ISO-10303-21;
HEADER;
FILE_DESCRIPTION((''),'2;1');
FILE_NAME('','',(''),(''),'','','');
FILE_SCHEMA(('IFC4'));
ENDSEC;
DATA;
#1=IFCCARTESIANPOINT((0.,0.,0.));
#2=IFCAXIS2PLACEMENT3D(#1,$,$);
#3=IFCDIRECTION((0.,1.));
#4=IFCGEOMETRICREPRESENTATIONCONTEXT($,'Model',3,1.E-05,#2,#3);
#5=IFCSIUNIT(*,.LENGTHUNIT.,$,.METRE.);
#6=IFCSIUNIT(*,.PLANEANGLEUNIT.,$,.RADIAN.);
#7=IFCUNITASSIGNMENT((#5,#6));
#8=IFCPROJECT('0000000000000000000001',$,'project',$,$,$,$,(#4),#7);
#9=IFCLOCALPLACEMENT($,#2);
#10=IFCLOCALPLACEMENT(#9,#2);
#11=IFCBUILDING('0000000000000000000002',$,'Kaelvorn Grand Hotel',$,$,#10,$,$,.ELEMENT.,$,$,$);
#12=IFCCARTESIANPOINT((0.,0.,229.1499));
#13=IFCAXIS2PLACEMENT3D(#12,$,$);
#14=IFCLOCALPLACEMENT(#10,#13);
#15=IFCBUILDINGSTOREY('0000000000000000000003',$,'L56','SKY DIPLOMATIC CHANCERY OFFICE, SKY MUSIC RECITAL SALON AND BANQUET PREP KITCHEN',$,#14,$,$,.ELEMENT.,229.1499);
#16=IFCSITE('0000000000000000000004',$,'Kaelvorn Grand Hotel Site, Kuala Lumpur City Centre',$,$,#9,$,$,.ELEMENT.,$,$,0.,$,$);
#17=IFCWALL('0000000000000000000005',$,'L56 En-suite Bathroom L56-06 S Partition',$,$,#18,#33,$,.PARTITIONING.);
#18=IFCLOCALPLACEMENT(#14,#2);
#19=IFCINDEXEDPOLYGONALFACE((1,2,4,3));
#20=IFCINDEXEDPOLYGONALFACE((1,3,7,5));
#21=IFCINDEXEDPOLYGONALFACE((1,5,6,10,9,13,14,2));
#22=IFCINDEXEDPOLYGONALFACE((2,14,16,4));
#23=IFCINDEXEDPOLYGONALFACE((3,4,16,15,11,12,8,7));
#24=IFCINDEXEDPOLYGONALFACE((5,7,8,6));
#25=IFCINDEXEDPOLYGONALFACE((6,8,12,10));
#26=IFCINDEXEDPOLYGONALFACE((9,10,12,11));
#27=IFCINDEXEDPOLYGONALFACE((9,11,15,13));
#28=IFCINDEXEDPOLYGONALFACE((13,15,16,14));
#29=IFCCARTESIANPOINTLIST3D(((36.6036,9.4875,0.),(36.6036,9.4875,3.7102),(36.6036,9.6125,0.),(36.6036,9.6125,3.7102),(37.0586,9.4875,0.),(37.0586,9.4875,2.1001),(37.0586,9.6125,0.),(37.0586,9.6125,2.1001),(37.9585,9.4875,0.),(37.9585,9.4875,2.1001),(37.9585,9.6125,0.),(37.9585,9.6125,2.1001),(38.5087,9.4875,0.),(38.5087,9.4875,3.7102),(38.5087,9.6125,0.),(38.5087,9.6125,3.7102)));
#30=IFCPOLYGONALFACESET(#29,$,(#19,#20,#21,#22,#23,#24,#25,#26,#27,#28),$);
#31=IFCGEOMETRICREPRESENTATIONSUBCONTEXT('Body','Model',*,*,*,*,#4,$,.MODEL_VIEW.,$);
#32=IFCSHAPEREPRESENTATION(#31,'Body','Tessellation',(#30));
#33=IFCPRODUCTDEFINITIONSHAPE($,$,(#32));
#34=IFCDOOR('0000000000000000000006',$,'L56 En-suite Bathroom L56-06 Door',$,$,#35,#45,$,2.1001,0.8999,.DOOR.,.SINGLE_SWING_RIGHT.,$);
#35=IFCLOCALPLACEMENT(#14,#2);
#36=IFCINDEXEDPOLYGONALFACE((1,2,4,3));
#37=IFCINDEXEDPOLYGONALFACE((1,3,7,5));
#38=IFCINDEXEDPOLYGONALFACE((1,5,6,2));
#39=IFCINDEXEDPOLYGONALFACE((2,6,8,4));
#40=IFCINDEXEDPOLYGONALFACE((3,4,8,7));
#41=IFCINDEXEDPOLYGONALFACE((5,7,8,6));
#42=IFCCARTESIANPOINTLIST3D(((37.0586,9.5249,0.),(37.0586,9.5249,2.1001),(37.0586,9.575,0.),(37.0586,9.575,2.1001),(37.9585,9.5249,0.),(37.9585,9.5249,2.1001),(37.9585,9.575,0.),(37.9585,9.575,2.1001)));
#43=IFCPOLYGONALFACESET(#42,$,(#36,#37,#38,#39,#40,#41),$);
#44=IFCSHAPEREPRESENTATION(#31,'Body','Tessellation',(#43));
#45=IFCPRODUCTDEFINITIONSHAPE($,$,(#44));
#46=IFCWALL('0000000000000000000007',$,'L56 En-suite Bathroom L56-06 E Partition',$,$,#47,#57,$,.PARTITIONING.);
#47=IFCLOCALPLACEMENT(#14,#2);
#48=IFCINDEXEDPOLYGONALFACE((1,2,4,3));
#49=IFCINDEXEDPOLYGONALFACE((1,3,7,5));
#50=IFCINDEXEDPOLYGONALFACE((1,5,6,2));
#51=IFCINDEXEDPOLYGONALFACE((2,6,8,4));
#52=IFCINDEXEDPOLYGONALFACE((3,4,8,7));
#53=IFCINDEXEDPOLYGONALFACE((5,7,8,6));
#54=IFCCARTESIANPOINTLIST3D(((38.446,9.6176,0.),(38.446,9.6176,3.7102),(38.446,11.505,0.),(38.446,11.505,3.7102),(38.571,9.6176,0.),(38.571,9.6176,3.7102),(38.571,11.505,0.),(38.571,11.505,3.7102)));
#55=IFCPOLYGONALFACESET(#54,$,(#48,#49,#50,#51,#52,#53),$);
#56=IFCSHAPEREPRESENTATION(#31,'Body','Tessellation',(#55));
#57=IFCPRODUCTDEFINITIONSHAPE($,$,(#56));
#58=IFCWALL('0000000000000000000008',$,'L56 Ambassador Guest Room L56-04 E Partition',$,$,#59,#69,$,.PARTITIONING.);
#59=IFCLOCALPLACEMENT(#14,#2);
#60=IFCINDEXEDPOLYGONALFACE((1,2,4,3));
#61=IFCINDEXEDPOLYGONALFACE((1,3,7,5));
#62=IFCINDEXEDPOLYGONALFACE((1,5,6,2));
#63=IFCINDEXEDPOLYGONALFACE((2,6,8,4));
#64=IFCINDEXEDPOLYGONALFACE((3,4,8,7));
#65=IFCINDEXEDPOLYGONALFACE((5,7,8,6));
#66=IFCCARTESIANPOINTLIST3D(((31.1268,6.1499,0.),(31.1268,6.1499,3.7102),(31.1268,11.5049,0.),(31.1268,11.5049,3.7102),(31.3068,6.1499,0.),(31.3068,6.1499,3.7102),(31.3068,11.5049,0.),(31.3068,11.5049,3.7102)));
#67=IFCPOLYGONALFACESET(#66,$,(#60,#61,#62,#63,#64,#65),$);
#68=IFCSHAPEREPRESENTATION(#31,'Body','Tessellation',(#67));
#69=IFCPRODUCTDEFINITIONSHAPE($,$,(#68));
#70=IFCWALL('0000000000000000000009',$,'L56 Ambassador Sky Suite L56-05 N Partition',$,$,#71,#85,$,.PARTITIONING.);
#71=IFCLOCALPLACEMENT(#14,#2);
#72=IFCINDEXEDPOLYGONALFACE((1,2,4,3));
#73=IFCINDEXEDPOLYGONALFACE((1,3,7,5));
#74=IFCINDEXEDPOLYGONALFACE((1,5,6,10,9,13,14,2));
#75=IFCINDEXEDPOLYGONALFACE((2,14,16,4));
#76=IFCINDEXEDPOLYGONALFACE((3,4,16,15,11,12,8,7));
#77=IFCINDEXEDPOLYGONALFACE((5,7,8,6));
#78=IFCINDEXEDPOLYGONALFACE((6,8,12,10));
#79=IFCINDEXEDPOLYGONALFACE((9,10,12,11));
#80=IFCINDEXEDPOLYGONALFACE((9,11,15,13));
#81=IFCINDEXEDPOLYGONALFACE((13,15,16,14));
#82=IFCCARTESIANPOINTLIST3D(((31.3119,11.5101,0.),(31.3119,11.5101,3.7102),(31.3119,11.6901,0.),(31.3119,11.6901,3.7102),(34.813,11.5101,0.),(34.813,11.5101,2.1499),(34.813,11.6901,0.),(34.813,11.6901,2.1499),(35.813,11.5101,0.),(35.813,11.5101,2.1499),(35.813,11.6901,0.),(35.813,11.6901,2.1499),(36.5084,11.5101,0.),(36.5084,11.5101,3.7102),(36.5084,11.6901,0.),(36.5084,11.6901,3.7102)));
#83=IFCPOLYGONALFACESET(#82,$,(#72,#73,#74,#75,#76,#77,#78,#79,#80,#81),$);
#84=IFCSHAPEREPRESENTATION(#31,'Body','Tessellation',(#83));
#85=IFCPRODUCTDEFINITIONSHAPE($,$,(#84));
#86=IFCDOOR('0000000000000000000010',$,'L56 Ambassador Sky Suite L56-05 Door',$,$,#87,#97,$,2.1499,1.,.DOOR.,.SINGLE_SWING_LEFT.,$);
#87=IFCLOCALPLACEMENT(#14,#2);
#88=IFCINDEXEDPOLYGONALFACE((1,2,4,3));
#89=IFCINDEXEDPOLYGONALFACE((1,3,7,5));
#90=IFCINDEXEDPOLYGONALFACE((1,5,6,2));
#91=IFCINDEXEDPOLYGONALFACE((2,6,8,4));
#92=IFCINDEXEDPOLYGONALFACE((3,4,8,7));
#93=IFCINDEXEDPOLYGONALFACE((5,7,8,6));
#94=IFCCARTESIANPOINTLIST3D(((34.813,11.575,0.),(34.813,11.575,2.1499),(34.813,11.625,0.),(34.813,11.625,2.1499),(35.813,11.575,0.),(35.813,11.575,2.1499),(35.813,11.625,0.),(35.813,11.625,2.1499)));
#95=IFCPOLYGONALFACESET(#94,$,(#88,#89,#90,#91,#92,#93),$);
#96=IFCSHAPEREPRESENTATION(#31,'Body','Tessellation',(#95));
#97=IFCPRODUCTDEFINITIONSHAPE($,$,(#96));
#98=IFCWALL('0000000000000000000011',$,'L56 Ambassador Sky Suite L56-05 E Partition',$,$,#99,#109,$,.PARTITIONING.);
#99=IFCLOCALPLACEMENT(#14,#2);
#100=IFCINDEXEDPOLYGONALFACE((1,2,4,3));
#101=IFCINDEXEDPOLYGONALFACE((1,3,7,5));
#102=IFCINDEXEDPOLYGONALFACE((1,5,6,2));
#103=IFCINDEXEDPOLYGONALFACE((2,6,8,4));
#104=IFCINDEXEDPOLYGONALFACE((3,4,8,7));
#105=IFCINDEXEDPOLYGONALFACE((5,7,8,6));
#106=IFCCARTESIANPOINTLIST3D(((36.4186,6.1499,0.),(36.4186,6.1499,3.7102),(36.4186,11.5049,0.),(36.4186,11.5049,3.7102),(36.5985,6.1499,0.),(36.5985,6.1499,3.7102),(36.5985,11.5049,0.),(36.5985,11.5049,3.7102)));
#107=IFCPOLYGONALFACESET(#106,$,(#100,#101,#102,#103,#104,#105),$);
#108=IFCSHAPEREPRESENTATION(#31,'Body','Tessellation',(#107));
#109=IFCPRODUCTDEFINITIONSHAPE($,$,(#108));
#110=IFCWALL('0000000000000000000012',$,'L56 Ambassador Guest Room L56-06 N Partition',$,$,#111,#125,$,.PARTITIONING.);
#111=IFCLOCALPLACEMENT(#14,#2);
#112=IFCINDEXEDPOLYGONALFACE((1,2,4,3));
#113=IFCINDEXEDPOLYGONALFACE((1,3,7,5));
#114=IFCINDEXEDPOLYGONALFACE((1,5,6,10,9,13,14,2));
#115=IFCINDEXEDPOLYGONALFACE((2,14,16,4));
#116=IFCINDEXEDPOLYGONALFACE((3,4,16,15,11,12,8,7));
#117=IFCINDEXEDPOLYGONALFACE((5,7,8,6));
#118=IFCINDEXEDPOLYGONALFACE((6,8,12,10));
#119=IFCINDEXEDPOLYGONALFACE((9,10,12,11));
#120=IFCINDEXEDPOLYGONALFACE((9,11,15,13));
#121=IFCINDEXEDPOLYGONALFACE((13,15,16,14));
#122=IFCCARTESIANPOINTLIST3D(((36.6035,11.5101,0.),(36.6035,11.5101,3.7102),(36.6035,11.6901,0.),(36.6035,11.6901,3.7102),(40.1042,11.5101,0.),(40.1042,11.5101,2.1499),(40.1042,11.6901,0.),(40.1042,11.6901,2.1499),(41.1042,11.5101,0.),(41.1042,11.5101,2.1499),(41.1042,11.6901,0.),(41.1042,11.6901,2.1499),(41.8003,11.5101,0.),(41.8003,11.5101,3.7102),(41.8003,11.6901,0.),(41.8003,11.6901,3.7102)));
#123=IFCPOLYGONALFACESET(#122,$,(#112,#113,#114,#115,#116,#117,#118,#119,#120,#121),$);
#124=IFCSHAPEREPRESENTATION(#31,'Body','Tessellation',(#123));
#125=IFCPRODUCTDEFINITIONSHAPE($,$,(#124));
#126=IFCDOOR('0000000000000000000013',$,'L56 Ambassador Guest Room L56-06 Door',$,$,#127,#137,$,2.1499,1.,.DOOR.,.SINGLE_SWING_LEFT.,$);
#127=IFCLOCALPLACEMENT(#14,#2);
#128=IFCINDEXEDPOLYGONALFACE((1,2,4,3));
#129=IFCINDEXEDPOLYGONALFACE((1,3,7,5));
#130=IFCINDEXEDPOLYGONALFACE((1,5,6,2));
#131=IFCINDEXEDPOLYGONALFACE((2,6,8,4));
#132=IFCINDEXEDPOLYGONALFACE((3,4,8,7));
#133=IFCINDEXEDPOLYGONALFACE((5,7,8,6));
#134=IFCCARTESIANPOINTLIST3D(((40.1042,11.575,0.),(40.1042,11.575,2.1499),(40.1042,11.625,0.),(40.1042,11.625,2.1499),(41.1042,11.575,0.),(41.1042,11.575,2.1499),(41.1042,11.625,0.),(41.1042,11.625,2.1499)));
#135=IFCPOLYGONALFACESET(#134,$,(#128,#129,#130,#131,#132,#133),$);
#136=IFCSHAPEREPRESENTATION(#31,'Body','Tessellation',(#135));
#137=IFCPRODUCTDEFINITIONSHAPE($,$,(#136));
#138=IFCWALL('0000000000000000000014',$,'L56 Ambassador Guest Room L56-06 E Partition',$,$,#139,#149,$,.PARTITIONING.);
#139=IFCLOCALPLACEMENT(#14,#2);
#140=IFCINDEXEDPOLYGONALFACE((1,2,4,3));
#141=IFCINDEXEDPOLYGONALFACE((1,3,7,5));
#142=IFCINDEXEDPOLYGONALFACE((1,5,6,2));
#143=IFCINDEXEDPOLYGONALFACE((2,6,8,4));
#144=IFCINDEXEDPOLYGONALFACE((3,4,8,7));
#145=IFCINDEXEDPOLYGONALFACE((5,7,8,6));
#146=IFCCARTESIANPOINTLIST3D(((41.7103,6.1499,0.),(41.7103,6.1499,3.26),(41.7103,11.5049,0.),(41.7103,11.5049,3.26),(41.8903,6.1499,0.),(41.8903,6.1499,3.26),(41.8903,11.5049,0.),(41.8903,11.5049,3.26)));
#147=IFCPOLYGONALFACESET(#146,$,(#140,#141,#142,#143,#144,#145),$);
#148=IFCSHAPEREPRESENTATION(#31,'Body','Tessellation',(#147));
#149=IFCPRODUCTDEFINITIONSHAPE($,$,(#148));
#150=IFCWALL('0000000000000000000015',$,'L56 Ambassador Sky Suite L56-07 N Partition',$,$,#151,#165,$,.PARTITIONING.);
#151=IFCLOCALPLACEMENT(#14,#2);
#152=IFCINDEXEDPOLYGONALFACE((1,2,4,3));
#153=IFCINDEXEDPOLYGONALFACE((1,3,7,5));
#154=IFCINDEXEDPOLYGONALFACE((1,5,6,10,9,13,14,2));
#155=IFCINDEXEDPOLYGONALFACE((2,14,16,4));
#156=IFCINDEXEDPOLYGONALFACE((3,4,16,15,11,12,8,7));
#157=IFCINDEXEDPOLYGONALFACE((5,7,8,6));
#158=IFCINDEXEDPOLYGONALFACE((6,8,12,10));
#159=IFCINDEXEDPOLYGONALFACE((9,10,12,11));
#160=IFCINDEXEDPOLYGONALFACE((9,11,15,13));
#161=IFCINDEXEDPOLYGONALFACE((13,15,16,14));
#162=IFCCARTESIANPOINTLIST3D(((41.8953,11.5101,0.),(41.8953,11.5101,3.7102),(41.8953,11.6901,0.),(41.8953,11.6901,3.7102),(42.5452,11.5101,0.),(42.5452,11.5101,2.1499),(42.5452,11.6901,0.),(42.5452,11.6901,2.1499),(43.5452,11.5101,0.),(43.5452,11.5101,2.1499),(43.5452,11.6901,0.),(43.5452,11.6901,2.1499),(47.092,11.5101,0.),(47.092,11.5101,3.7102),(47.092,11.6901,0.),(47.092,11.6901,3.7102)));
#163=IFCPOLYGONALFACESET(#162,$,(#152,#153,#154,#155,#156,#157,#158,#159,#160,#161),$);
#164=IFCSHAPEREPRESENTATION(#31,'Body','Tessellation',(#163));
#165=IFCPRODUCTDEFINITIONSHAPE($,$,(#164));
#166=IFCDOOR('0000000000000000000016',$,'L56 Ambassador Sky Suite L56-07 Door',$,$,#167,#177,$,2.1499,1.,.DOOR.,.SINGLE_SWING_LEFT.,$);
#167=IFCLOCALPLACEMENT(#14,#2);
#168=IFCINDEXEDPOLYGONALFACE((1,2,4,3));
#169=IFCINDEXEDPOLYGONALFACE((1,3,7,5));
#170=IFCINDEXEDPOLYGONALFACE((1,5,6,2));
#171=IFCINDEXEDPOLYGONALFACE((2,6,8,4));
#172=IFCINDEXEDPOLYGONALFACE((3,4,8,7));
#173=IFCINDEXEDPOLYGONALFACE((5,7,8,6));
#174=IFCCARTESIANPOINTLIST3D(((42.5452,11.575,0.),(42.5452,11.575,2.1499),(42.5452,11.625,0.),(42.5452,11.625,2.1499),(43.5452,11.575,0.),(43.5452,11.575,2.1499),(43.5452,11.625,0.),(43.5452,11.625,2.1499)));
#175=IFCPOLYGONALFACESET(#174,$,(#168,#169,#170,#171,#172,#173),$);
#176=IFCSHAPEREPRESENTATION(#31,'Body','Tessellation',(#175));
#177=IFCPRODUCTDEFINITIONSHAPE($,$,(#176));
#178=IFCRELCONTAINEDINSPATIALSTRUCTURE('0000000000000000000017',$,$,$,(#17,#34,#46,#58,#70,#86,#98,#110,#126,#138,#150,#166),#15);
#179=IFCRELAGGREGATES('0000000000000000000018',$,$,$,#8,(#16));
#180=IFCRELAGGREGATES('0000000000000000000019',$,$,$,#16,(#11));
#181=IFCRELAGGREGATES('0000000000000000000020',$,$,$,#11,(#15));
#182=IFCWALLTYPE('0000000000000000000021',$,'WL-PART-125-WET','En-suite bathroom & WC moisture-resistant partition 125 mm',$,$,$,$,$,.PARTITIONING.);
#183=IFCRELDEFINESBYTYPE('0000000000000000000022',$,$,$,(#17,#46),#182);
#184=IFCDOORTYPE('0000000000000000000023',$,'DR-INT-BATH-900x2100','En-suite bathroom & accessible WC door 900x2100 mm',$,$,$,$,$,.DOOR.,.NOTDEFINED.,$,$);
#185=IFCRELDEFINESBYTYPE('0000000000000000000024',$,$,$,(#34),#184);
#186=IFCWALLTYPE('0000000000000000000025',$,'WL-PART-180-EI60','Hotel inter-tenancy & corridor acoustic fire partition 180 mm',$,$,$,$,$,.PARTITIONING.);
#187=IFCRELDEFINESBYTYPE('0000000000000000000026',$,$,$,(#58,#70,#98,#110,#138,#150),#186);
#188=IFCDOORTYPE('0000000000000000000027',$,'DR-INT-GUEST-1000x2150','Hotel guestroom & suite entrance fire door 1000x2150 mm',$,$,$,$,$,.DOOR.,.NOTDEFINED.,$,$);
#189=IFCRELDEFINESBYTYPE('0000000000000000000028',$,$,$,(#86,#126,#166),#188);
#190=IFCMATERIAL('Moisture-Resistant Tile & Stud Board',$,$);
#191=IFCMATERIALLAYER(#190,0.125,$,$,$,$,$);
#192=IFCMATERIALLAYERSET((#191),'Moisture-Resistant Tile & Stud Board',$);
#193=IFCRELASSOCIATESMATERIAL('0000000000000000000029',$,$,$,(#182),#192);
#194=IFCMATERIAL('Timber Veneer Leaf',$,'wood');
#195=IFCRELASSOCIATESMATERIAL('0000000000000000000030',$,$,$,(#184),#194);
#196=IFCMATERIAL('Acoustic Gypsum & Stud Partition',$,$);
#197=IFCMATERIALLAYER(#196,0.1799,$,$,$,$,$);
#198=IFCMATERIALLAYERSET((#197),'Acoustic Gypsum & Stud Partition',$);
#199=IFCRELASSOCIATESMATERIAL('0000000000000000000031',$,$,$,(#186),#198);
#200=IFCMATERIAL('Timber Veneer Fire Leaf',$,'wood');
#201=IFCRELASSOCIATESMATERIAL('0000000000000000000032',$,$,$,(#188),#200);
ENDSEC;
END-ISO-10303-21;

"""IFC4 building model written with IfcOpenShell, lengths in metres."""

from ifc_helpers import new_model, si_unit, direction, frame, frame_2d, origin, place, context, subcontext, project, spatial, rectangle, extrude, material, layer, layer_set, type_object, element, fill, save


model = new_model("IFC4")

# Units and contexts
model_context = context("Model", 3, precision=1e-05, world=origin(), true_north=direction((0.0, 1.0)))
body_context = subcontext(model_context, "Body", "Model", "MODEL_VIEW")
ifc_project = project(units=[si_unit("LENGTHUNIT", "METRE"), si_unit("PLANEANGLEUNIT", "RADIAN")], contexts=[model_context])

# Site, building, storey
site_placement = place(None, origin())
site = spatial("IfcSite", under=ifc_project, at=site_placement, Name="Kaelvorn Grand Hotel Site, Kuala Lumpur City Centre", CompositionType="ELEMENT", RefElevation=0.0)
building_placement = place(site_placement, origin())
building = spatial("IfcBuilding", under=site, at=building_placement, Name="Kaelvorn Grand Hotel", CompositionType="ELEMENT")
storey_placement = place(building_placement, frame((0.0, 0.0, 229.1499)))
storey = spatial("IfcBuildingStorey", under=building, at=storey_placement, Name="L56", Description="SKY DIPLOMATIC CHANCERY OFFICE, SKY MUSIC RECITAL SALON AND BANQUET PREP KITCHEN", CompositionType="ELEMENT", Elevation=229.1499)

# Shared definitions
ifc_material_1 = material(Name="Moisture-Resistant Tile & Stud Board")
ifc_layer_1 = layer(ifc_material_1, 0.125)
ifc_layer_set_1 = layer_set([ifc_layer_1], Name="Moisture-Resistant Tile & Stud Board")
wall_type_1 = type_object("IfcWallType", Name="WL-PART-125-WET", Description="En-suite bathroom & WC moisture-resistant partition 125 mm", PredefinedType="PARTITIONING", material=ifc_layer_set_1)
ifc_material_2 = material(Name="Timber Veneer Leaf", Category="wood")
door_type_1 = type_object("IfcDoorType", Name="DR-INT-BATH-900x2100", Description="En-suite bathroom & accessible WC door 900x2100 mm", OperationType="NOTDEFINED", PredefinedType="DOOR", material=ifc_material_2)

# Wall, opening, door
wall_1_placement = place(storey_placement, frame((36.6035, 9.55, 0.0), z_axis=(0.0, 0.0, 1.0), x_axis=(1.0, 0.0, 0.0)))
wall_1 = element("IfcWall", 1, at=wall_1_placement, inside=storey, type_object=wall_type_1, Name="L56 En-suite Bathroom L56-06 S Partition", PredefinedType="PARTITIONING", context=body_context, shape_type="SweptSolid", body=[
    extrude(rectangle(XDim=1.905, YDim=0.125, at=frame_2d((0.9526, 0.0))), origin(), (0.0, 0.0, 1.0), 3.7102),
])
opening_1_placement = place(wall_1_placement, frame((0.4551, 0.0, 0.0)))
opening_1 = element("IfcOpeningElement", 2, at=opening_1_placement, cuts=wall_1, PredefinedType="OPENING", context=body_context, shape_type="SweptSolid", body=[
    extrude(rectangle(XDim=0.8999, YDim=2.1001, at=frame_2d((0.45, 1.05))), frame((0.0, 0.0725, 0.0), z_axis=(0.0, -1.0, 0.0), x_axis=(1.0, 0.0, 0.0)), (0.0, 0.0, 1.0), 0.145),
])
door_1_placement = place(opening_1_placement, origin())
door_1 = element("IfcDoor", 3, at=door_1_placement, inside=storey, type_object=door_type_1, Name="L56 En-suite Bathroom L56-06 Door", OperationType="SINGLE_SWING_RIGHT", OverallHeight=2.1001, OverallWidth=0.8999, PredefinedType="DOOR", context=body_context, shape_type="SweptSolid", body=[
    extrude(rectangle(XDim=0.8999, YDim=2.1001, at=frame_2d((0.45, 1.05))), frame((0.0, 0.0249, 0.0), z_axis=(0.0, -1.0, 0.0), x_axis=(1.0, 0.0, 0.0)), (0.0, 0.0, 1.0), 0.05),
])
fill(opening_1, door_1)

# Walls
wall_2_placement = place(storey_placement, frame((38.5085, 9.6174, 0.0), z_axis=(0.0, 0.0, 1.0), x_axis=(0.0, 1.0, 0.0)))
element("IfcWall", 4, at=wall_2_placement, inside=storey, type_object=wall_type_1, Name="L56 En-suite Bathroom L56-06 E Partition", PredefinedType="PARTITIONING", context=body_context, shape_type="SweptSolid", body=[
    extrude(rectangle(XDim=1.8875, YDim=0.125, at=frame_2d((0.9438, 0.0))), origin(), (0.0, 0.0, 1.0), 3.7102),
])
ifc_material_3 = material(Name="Acoustic Gypsum & Stud Partition")
ifc_layer_2 = layer(ifc_material_3, 0.1799)
ifc_layer_set_2 = layer_set([ifc_layer_2], Name="Acoustic Gypsum & Stud Partition")
wall_type_2 = type_object("IfcWallType", Name="WL-PART-180-EI60", Description="Hotel inter-tenancy & corridor acoustic fire partition 180 mm", PredefinedType="PARTITIONING", material=ifc_layer_set_2)
wall_3_placement = place(storey_placement, frame((31.2168, 6.1499, 0.0), z_axis=(0.0, 0.0, 1.0), x_axis=(0.0, 1.0, 0.0)))
element("IfcWall", 5, at=wall_3_placement, inside=storey, type_object=wall_type_2, Name="L56 Ambassador Guest Room L56-04 E Partition", PredefinedType="PARTITIONING", context=body_context, shape_type="SweptSolid", body=[
    extrude(rectangle(XDim=5.355, YDim=0.1799, at=frame_2d((2.6775, 0.0))), origin(), (0.0, 0.0, 1.0), 3.7102),
])

# Wall, opening, door
wall_4_placement = place(storey_placement, frame((31.312, 11.6001, 0.0), z_axis=(0.0, 0.0, 1.0), x_axis=(1.0, 0.0, 0.0)))
wall_4 = element("IfcWall", 6, at=wall_4_placement, inside=storey, type_object=wall_type_2, Name="L56 Ambassador Sky Suite L56-05 N Partition", PredefinedType="PARTITIONING", context=body_context, shape_type="SweptSolid", body=[
    extrude(rectangle(XDim=5.1965, YDim=0.1799, at=frame_2d((2.5981, 0.0))), origin(), (0.0, 0.0, 1.0), 3.7102),
])
opening_2_placement = place(wall_4_placement, frame((3.501, 0.0, 0.0)))
opening_2 = element("IfcOpeningElement", 7, at=opening_2_placement, cuts=wall_4, PredefinedType="OPENING", context=body_context, shape_type="SweptSolid", body=[
    extrude(rectangle(XDim=1.0, YDim=2.1499, at=frame_2d((0.5, 1.075))), frame((0.0, 0.1001, 0.0), z_axis=(0.0, -1.0, 0.0), x_axis=(1.0, 0.0, 0.0)), (0.0, 0.0, 1.0), 0.2),
])
ifc_material_4 = material(Name="Timber Veneer Fire Leaf", Category="wood")
door_type_2 = type_object("IfcDoorType", Name="DR-INT-GUEST-1000x2150", Description="Hotel guestroom & suite entrance fire door 1000x2150 mm", OperationType="NOTDEFINED", PredefinedType="DOOR", material=ifc_material_4)
door_2_placement = place(opening_2_placement, origin())
door_2 = element("IfcDoor", 8, at=door_2_placement, inside=storey, type_object=door_type_2, Name="L56 Ambassador Sky Suite L56-05 Door", OperationType="SINGLE_SWING_LEFT", OverallHeight=2.1499, OverallWidth=1.0, PredefinedType="DOOR", context=body_context, shape_type="SweptSolid", body=[
    extrude(rectangle(XDim=1.0, YDim=2.1499, at=frame_2d((0.5, 1.075))), frame((0.0, 0.0249, 0.0), z_axis=(0.0, -1.0, 0.0), x_axis=(1.0, 0.0, 0.0)), (0.0, 0.0, 1.0), 0.05),
])
fill(opening_2, door_2)

# Wall
wall_5_placement = place(storey_placement, frame((36.5085, 6.1499, 0.0), z_axis=(0.0, 0.0, 1.0), x_axis=(0.0, 1.0, 0.0)))
element("IfcWall", 9, at=wall_5_placement, inside=storey, type_object=wall_type_2, Name="L56 Ambassador Sky Suite L56-05 E Partition", PredefinedType="PARTITIONING", context=body_context, shape_type="SweptSolid", body=[
    extrude(rectangle(XDim=5.355, YDim=0.1799, at=frame_2d((2.6775, 0.0))), origin(), (0.0, 0.0, 1.0), 3.7102),
])

# Wall, opening, door
wall_6_placement = place(storey_placement, frame((36.6035, 11.6001, 0.0), z_axis=(0.0, 0.0, 1.0), x_axis=(1.0, 0.0, 0.0)))
wall_6 = element("IfcWall", 10, at=wall_6_placement, inside=storey, type_object=wall_type_2, Name="L56 Ambassador Guest Room L56-06 N Partition", PredefinedType="PARTITIONING", context=body_context, shape_type="SweptSolid", body=[
    extrude(rectangle(XDim=5.1968, YDim=0.1799, at=frame_2d((2.5984, 0.0))), origin(), (0.0, 0.0, 1.0), 3.7102),
])
opening_3_placement = place(wall_6_placement, frame((3.5007, 0.0, 0.0)))
opening_3 = element("IfcOpeningElement", 11, at=opening_3_placement, cuts=wall_6, PredefinedType="OPENING", context=body_context, shape_type="SweptSolid", body=[
    extrude(rectangle(XDim=1.0, YDim=2.1499, at=frame_2d((0.5, 1.075))), frame((0.0, 0.1001, 0.0), z_axis=(0.0, -1.0, 0.0), x_axis=(1.0, 0.0, 0.0)), (0.0, 0.0, 1.0), 0.2),
])
door_3_placement = place(opening_3_placement, origin())
door_3 = element("IfcDoor", 12, at=door_3_placement, inside=storey, type_object=door_type_2, Name="L56 Ambassador Guest Room L56-06 Door", OperationType="SINGLE_SWING_LEFT", OverallHeight=2.1499, OverallWidth=1.0, PredefinedType="DOOR", context=body_context, shape_type="SweptSolid", body=[
    extrude(rectangle(XDim=1.0, YDim=2.1499, at=frame_2d((0.5, 1.075))), frame((0.0, 0.0249, 0.0), z_axis=(0.0, -1.0, 0.0), x_axis=(1.0, 0.0, 0.0)), (0.0, 0.0, 1.0), 0.05),
])
fill(opening_3, door_3)

# Wall
wall_7_placement = place(storey_placement, frame((41.8003, 6.1499, 0.0), z_axis=(0.0, 0.0, 1.0), x_axis=(0.0, 1.0, 0.0)))
element("IfcWall", 13, at=wall_7_placement, inside=storey, type_object=wall_type_2, Name="L56 Ambassador Guest Room L56-06 E Partition", PredefinedType="PARTITIONING", context=body_context, shape_type="SweptSolid", body=[
    extrude(rectangle(XDim=5.355, YDim=0.1799, at=frame_2d((2.6775, 0.0))), origin(), (0.0, 0.0, 1.0), 3.26),
])

# Wall, opening, door
wall_8_placement = place(storey_placement, frame((41.8953, 11.6001, 0.0), z_axis=(0.0, 0.0, 1.0), x_axis=(1.0, 0.0, 0.0)))
wall_8 = element("IfcWall", 14, at=wall_8_placement, inside=storey, type_object=wall_type_2, Name="L56 Ambassador Sky Suite L56-07 N Partition", PredefinedType="PARTITIONING", context=body_context, shape_type="SweptSolid", body=[
    extrude(rectangle(XDim=5.1968, YDim=0.1799, at=frame_2d((2.5984, 0.0))), origin(), (0.0, 0.0, 1.0), 3.7102),
])
opening_4_placement = place(wall_8_placement, frame((0.6499, 0.0, 0.0)))
opening_4 = element("IfcOpeningElement", 15, at=opening_4_placement, cuts=wall_8, PredefinedType="OPENING", context=body_context, shape_type="SweptSolid", body=[
    extrude(rectangle(XDim=1.0, YDim=2.1499, at=frame_2d((0.5, 1.075))), frame((0.0, 0.1001, 0.0), z_axis=(0.0, -1.0, 0.0), x_axis=(1.0, 0.0, 0.0)), (0.0, 0.0, 1.0), 0.2),
])
door_4_placement = place(opening_4_placement, origin())
door_4 = element("IfcDoor", 16, at=door_4_placement, inside=storey, type_object=door_type_2, Name="L56 Ambassador Sky Suite L56-07 Door", OperationType="SINGLE_SWING_LEFT", OverallHeight=2.1499, OverallWidth=1.0, PredefinedType="DOOR", context=body_context, shape_type="SweptSolid", body=[
    extrude(rectangle(XDim=1.0, YDim=2.1499, at=frame_2d((0.5, 1.075))), frame((0.0, 0.0249, 0.0), z_axis=(0.0, -1.0, 0.0), x_axis=(1.0, 0.0, 0.0)), (0.0, 0.0, 1.0), 0.05),
])
fill(opening_4, door_4)

save(model, "model.ifc")
